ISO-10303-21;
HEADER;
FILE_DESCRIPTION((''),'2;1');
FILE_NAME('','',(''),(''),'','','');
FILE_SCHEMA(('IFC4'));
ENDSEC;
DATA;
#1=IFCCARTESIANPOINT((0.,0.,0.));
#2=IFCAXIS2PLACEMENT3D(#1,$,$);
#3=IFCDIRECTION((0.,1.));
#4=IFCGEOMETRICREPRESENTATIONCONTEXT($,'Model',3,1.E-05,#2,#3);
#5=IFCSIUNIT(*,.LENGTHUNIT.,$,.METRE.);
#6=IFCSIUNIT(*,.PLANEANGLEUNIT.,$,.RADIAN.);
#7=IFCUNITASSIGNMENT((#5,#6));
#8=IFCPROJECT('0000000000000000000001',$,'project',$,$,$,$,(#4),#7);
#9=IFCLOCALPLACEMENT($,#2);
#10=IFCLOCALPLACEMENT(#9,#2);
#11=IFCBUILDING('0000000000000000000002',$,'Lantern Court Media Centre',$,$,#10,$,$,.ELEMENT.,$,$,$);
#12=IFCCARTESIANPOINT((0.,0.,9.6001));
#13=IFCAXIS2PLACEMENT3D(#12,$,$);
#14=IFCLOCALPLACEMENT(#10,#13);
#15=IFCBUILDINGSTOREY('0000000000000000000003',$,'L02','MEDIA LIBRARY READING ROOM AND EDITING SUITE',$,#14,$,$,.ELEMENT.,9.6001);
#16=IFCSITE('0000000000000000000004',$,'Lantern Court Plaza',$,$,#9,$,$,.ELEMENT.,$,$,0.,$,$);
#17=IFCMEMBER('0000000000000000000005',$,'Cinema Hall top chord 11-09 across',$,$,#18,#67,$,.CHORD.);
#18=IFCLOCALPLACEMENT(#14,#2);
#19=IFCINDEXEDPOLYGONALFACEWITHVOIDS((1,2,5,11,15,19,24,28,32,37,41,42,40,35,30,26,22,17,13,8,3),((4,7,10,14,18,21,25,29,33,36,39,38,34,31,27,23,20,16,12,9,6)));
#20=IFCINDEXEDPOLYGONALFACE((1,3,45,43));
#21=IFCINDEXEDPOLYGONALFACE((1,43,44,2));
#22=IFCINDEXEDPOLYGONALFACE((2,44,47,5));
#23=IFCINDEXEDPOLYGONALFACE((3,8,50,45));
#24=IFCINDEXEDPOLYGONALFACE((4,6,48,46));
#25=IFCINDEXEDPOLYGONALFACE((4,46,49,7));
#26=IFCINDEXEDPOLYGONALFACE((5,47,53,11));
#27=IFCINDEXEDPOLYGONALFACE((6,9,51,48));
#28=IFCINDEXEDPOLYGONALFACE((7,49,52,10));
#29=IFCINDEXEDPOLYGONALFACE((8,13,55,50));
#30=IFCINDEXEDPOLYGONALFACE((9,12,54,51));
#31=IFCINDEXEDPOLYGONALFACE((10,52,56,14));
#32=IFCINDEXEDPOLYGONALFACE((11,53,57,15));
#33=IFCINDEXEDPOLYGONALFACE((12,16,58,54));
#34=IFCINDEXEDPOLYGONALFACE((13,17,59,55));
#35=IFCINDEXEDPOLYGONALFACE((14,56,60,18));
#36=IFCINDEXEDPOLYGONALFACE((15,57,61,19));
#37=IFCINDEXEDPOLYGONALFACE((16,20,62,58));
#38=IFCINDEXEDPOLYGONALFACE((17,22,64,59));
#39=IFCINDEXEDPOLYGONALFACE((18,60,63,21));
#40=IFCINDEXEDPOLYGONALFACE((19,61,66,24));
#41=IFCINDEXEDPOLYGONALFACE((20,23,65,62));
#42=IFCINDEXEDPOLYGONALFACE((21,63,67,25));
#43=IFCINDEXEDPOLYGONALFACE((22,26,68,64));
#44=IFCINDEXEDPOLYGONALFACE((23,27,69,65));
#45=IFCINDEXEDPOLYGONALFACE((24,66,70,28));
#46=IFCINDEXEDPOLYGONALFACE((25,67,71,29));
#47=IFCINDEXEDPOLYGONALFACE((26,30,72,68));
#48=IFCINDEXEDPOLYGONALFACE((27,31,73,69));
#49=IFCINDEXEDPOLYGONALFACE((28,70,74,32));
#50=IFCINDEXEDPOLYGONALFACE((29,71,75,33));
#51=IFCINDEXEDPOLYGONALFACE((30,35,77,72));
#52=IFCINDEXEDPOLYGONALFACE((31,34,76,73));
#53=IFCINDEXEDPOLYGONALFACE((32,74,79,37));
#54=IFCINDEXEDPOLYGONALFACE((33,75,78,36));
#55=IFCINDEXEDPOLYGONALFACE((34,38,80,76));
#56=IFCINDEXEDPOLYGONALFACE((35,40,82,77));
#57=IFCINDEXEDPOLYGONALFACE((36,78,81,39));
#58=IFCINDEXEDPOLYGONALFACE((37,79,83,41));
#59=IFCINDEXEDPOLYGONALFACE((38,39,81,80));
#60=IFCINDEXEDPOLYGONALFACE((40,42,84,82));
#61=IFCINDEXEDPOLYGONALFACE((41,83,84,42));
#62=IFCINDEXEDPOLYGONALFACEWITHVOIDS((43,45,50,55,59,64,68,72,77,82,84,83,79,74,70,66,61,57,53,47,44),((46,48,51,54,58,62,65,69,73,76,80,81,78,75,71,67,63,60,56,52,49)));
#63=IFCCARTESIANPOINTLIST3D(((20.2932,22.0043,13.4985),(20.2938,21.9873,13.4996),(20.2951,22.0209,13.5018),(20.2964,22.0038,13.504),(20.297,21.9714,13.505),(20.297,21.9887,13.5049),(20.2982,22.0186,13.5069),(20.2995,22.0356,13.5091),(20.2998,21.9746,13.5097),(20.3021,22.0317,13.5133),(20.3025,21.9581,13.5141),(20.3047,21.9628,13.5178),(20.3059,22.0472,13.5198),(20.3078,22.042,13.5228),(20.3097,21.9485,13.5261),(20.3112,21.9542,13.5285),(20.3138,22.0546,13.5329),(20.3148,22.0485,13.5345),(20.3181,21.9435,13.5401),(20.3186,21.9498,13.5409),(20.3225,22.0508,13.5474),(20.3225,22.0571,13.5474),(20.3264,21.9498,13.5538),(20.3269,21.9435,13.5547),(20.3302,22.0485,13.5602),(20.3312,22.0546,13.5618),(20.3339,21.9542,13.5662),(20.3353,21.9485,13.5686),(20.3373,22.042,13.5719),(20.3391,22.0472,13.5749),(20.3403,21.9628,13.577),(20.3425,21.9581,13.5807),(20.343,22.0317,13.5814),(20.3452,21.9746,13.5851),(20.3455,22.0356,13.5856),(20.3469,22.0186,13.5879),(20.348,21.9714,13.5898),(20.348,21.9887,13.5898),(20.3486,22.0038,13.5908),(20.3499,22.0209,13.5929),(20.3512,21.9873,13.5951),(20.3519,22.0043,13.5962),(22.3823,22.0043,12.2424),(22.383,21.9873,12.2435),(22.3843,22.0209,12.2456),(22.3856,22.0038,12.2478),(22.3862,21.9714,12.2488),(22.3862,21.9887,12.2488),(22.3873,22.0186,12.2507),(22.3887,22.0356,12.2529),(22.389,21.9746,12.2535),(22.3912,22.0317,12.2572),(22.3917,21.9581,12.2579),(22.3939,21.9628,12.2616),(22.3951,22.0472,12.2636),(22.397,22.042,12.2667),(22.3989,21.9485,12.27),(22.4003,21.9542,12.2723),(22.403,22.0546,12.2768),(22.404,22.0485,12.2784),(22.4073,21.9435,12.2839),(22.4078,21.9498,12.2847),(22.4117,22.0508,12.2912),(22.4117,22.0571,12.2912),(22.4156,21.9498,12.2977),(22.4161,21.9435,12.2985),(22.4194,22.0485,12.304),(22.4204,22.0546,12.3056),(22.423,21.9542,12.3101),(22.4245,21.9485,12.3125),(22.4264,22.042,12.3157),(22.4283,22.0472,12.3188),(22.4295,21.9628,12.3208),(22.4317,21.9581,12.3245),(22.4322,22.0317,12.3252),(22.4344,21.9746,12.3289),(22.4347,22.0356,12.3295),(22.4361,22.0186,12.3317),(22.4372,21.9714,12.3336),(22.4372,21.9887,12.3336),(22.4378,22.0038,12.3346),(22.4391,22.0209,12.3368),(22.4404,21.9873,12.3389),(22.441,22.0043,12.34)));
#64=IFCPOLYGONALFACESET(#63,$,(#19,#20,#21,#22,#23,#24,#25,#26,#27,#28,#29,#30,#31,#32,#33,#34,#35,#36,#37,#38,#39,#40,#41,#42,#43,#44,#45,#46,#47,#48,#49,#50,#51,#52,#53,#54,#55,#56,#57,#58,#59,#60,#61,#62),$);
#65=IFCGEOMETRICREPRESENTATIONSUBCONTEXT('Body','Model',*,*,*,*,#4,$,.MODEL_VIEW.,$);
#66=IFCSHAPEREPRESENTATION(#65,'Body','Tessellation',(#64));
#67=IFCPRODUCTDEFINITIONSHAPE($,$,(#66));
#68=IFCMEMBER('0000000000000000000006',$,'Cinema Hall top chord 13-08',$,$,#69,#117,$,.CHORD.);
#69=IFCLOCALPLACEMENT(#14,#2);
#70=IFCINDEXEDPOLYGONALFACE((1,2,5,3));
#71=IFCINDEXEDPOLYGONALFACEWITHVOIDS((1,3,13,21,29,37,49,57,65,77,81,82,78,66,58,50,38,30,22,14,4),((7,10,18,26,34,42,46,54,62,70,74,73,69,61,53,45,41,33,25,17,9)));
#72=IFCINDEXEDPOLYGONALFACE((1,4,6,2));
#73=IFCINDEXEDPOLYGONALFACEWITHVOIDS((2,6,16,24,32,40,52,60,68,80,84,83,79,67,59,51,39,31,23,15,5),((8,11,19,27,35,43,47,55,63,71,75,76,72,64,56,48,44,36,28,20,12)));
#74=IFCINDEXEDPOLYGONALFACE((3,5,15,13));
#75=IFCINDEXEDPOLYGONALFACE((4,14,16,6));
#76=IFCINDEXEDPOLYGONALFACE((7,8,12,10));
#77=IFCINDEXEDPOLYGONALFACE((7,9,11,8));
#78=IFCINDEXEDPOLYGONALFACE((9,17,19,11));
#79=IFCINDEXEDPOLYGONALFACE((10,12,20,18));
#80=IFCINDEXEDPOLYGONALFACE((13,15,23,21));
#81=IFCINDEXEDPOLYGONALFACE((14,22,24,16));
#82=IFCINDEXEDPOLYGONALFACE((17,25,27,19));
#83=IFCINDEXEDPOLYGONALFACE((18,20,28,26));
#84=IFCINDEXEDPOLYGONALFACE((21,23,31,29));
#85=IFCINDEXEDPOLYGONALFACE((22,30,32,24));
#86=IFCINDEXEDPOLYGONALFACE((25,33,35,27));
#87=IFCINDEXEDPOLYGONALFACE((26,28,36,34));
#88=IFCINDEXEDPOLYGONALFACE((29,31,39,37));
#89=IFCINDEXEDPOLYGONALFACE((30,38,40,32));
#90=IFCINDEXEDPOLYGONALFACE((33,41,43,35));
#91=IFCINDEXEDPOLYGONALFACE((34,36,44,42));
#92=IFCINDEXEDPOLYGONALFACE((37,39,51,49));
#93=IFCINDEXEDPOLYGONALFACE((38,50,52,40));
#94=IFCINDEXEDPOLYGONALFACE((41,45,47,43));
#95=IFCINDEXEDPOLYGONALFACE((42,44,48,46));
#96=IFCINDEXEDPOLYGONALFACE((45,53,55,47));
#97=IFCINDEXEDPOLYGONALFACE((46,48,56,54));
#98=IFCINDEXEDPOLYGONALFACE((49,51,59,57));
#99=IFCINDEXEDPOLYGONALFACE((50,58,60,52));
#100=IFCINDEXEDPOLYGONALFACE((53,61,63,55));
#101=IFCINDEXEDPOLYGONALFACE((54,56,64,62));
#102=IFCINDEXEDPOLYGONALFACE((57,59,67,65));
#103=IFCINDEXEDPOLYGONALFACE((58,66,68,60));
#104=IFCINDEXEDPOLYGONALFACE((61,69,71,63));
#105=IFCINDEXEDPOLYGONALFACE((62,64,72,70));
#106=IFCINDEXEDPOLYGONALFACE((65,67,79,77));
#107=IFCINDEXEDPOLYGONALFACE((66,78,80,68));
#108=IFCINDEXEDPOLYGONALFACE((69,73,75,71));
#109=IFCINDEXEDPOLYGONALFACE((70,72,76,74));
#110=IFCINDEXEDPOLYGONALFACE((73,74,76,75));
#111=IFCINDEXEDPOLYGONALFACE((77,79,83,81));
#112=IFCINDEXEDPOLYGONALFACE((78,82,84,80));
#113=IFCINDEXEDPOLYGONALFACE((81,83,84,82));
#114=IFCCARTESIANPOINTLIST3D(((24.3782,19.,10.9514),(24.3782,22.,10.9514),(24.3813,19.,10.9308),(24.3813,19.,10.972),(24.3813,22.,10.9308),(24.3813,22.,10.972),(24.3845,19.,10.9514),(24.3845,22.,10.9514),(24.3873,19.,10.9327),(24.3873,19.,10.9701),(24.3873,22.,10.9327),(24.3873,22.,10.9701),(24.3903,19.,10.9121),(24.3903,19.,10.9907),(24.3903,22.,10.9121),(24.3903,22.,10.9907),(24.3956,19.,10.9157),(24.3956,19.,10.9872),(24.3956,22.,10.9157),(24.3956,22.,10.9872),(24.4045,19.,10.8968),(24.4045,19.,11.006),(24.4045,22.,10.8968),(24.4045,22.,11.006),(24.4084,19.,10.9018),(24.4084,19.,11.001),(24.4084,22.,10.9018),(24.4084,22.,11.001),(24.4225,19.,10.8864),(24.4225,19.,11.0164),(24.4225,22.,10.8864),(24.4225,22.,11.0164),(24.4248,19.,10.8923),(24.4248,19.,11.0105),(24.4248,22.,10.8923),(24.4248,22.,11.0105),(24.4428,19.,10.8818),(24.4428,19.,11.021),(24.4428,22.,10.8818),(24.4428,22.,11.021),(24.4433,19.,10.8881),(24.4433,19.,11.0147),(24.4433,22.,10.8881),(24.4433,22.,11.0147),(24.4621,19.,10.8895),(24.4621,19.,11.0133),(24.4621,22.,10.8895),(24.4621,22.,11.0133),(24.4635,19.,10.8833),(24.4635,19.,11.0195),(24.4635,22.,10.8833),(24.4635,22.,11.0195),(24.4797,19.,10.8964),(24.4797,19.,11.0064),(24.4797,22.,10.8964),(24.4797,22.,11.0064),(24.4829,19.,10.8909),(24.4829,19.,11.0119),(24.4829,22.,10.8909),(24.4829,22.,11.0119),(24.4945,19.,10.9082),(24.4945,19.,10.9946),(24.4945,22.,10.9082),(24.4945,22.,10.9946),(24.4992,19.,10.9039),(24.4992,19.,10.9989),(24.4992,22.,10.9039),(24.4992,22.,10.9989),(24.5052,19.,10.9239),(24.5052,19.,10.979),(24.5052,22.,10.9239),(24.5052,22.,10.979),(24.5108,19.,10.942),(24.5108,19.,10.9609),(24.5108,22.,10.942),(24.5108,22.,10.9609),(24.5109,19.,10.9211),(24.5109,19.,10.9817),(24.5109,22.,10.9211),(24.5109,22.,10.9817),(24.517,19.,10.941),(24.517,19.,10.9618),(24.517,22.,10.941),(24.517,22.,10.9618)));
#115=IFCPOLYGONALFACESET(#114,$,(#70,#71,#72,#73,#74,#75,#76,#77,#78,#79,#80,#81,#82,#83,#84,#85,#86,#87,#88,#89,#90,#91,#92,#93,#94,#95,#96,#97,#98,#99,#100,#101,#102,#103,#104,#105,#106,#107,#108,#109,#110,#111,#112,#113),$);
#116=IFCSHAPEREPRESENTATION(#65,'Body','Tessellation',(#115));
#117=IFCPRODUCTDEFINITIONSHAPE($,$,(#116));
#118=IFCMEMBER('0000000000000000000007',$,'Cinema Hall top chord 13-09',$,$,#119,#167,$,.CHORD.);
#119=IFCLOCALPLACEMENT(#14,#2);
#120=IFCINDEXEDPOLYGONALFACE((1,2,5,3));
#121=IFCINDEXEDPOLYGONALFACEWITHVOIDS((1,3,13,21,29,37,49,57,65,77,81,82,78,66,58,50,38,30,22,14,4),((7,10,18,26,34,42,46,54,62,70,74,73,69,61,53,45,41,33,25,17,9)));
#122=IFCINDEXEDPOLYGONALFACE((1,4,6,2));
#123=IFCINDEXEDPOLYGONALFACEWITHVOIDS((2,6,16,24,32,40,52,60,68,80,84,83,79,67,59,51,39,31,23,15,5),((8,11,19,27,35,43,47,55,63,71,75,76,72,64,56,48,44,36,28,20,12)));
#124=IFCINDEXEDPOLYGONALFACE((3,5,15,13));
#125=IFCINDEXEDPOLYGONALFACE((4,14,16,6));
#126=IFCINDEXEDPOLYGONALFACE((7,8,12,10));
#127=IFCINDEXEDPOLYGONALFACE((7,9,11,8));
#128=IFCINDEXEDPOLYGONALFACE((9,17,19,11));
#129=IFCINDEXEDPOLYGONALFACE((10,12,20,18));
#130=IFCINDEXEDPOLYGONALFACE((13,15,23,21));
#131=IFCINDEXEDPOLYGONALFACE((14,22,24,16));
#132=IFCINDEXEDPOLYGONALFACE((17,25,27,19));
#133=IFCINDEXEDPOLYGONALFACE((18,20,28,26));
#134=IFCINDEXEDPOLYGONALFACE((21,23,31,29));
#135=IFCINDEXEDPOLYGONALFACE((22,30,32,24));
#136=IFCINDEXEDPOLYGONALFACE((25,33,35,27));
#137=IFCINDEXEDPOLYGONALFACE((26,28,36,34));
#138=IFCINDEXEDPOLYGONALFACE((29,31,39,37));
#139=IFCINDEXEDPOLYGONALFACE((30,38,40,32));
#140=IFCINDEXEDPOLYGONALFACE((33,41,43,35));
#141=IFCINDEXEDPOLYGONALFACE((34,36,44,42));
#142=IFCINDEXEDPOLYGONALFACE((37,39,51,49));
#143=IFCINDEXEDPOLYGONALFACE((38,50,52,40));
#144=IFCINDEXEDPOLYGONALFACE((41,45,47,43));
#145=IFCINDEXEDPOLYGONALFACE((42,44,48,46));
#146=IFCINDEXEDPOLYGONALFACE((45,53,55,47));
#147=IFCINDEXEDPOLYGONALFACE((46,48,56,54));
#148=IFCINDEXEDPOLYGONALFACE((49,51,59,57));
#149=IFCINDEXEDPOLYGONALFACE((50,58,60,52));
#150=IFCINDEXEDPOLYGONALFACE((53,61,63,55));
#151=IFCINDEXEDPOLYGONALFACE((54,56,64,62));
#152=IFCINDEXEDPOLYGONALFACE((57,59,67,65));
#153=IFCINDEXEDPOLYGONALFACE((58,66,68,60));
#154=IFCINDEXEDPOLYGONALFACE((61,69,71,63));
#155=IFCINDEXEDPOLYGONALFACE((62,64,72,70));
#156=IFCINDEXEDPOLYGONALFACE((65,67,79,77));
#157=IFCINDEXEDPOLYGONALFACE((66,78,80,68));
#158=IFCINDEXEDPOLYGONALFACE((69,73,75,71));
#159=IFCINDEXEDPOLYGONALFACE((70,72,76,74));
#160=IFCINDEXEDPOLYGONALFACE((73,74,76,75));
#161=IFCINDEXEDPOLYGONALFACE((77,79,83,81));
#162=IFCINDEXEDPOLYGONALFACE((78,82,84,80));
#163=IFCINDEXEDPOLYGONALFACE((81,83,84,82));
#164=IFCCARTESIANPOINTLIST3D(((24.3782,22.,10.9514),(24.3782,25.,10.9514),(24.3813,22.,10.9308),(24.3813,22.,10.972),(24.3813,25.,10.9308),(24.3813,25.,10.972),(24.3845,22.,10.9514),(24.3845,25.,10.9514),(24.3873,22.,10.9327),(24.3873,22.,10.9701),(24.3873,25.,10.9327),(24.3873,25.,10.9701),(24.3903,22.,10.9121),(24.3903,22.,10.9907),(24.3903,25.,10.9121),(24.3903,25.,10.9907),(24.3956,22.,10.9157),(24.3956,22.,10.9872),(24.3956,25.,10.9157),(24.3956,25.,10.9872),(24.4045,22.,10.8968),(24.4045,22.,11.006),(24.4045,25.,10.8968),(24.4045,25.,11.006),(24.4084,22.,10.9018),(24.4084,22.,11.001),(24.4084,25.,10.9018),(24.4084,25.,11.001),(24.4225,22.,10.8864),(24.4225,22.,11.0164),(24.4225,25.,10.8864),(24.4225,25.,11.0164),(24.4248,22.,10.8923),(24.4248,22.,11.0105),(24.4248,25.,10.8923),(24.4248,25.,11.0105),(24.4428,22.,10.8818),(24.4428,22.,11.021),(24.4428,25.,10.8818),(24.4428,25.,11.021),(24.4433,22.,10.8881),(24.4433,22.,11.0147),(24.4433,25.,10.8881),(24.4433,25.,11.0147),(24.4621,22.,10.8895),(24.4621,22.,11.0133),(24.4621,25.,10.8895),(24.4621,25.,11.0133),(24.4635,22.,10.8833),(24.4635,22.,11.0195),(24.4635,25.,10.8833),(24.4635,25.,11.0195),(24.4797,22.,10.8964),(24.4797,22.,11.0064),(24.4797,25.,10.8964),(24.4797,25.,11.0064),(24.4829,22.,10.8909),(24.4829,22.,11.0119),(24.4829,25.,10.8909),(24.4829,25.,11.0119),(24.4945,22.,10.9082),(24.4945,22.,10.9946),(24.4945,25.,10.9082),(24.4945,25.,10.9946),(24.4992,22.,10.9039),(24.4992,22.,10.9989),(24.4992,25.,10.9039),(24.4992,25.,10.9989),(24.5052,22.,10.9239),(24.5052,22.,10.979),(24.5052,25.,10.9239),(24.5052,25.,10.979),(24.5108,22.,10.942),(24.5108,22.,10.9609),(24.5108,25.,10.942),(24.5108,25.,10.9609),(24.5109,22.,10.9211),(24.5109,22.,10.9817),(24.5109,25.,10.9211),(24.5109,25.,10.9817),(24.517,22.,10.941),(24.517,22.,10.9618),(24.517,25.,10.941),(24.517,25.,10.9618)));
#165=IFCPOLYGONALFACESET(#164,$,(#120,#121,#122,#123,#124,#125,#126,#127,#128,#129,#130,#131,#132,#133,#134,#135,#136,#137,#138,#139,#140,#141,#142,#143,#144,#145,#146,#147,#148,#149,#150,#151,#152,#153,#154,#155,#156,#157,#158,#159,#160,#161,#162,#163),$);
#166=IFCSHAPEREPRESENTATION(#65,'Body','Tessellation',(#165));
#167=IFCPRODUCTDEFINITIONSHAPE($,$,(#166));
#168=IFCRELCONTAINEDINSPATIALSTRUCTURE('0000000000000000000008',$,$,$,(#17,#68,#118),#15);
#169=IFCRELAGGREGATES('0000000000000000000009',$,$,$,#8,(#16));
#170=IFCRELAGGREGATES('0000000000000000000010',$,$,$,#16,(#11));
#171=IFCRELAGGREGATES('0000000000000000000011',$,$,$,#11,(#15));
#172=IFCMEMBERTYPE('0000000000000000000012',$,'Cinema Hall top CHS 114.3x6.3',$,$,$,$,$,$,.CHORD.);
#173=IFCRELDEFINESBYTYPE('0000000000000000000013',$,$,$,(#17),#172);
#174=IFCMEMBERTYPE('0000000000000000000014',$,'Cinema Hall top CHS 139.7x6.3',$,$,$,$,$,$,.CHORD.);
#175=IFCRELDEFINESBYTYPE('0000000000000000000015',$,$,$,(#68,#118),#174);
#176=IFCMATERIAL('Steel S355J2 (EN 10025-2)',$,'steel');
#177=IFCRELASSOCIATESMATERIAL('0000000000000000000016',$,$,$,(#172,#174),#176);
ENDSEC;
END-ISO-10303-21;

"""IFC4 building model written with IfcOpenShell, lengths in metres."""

from ifc_helpers import new_model, si_unit, direction, frame, origin, origin_2d, place, context, subcontext, project, spatial, hollow_circle, extrude, material, material_profile, profile_set, type_object, element, save


model = new_model("IFC4")

# Units and contexts
model_context = context("Model", 3, precision=1e-05, world=origin(), true_north=direction((0.0, 1.0)))
body_context = subcontext(model_context, "Body", "Model", "MODEL_VIEW")
ifc_project = project(units=[si_unit("LENGTHUNIT", "METRE"), si_unit("PLANEANGLEUNIT", "RADIAN")], contexts=[model_context])

# Site, building, storey
site_placement = place(None, origin())
site = spatial("IfcSite", under=ifc_project, at=site_placement, Name="Lantern Court Plaza", CompositionType="ELEMENT", RefElevation=0.0)
building_placement = place(site_placement, origin())
building = spatial("IfcBuilding", under=site, at=building_placement, Name="Lantern Court Media Centre", CompositionType="ELEMENT")
storey_placement = place(building_placement, frame((0.0, 0.0, 9.6001)))
storey = spatial("IfcBuildingStorey", under=building, at=storey_placement, Name="L02", Description="MEDIA LIBRARY READING ROOM AND EDITING SUITE", CompositionType="ELEMENT", Elevation=9.6001)

# Members
ifc_material = material(Name="Steel S355J2 (EN 10025-2)", Category="steel")
ifc_material_profile_1 = material_profile(ifc_material, hollow_circle(Radius=0.0571, WallThickness=0.0063, at=origin_2d()), Name="Cinema Hall top CHS 114.3x6.3")
ifc_profile_set_1 = profile_set([ifc_material_profile_1], Name="Steel S355J2 (EN 10025-2)")
member_type_1 = type_object("IfcMemberType", Name="Cinema Hall top CHS 114.3x6.3", PredefinedType="CHORD", material=ifc_profile_set_1)
for number, where, z_axis, x_axis, name in (
    (1, (20.3225, 22.0, 13.5474), (0.857015, 0.0, -0.515291), (0.0, 1.0, 0.0), "Cinema Hall top chord 11-09 across"),
):
    element("IfcMember", number, at=place(storey_placement, frame(where, z_axis=z_axis, x_axis=x_axis)), inside=storey, type_object=member_type_1, Name=name, PredefinedType="CHORD", context=body_context, shape_type="SweptSolid", body=[
        extrude(hollow_circle(Radius=0.0571, WallThickness=0.0063, at=origin_2d()), origin(), (0.0, 0.0, 1.0), 2.4377),
    ])
ifc_material_profile_2 = material_profile(ifc_material, hollow_circle(Radius=0.0698, WallThickness=0.0063, at=origin_2d()), Name="Cinema Hall top CHS 139.7x6.3")
ifc_profile_set_2 = profile_set([ifc_material_profile_2], Name="Steel S355J2 (EN 10025-2)")
member_type_2 = type_object("IfcMemberType", Name="Cinema Hall top CHS 139.7x6.3", PredefinedType="CHORD", material=ifc_profile_set_2)
for number, where, z_axis, x_axis, name in (
    (2, (24.448, 19.0, 10.9514), (0.0, 1.0, 0.0), (-1.0, 0.0, 0.0), "Cinema Hall top chord 13-08"),
    (3, (24.448, 22.0, 10.9514), (0.0, 1.0, 0.0), (-1.0, 0.0, 0.0), "Cinema Hall top chord 13-09"),
):
    element("IfcMember", number, at=place(storey_placement, frame(where, z_axis=z_axis, x_axis=x_axis)), inside=storey, type_object=member_type_2, Name=name, PredefinedType="CHORD", context=body_context, shape_type="SweptSolid", body=[
        extrude(hollow_circle(Radius=0.0698, WallThickness=0.0063, at=origin_2d()), origin(), (0.0, 0.0, 1.0), 3.0),
    ])

save(model, "model.ifc")
